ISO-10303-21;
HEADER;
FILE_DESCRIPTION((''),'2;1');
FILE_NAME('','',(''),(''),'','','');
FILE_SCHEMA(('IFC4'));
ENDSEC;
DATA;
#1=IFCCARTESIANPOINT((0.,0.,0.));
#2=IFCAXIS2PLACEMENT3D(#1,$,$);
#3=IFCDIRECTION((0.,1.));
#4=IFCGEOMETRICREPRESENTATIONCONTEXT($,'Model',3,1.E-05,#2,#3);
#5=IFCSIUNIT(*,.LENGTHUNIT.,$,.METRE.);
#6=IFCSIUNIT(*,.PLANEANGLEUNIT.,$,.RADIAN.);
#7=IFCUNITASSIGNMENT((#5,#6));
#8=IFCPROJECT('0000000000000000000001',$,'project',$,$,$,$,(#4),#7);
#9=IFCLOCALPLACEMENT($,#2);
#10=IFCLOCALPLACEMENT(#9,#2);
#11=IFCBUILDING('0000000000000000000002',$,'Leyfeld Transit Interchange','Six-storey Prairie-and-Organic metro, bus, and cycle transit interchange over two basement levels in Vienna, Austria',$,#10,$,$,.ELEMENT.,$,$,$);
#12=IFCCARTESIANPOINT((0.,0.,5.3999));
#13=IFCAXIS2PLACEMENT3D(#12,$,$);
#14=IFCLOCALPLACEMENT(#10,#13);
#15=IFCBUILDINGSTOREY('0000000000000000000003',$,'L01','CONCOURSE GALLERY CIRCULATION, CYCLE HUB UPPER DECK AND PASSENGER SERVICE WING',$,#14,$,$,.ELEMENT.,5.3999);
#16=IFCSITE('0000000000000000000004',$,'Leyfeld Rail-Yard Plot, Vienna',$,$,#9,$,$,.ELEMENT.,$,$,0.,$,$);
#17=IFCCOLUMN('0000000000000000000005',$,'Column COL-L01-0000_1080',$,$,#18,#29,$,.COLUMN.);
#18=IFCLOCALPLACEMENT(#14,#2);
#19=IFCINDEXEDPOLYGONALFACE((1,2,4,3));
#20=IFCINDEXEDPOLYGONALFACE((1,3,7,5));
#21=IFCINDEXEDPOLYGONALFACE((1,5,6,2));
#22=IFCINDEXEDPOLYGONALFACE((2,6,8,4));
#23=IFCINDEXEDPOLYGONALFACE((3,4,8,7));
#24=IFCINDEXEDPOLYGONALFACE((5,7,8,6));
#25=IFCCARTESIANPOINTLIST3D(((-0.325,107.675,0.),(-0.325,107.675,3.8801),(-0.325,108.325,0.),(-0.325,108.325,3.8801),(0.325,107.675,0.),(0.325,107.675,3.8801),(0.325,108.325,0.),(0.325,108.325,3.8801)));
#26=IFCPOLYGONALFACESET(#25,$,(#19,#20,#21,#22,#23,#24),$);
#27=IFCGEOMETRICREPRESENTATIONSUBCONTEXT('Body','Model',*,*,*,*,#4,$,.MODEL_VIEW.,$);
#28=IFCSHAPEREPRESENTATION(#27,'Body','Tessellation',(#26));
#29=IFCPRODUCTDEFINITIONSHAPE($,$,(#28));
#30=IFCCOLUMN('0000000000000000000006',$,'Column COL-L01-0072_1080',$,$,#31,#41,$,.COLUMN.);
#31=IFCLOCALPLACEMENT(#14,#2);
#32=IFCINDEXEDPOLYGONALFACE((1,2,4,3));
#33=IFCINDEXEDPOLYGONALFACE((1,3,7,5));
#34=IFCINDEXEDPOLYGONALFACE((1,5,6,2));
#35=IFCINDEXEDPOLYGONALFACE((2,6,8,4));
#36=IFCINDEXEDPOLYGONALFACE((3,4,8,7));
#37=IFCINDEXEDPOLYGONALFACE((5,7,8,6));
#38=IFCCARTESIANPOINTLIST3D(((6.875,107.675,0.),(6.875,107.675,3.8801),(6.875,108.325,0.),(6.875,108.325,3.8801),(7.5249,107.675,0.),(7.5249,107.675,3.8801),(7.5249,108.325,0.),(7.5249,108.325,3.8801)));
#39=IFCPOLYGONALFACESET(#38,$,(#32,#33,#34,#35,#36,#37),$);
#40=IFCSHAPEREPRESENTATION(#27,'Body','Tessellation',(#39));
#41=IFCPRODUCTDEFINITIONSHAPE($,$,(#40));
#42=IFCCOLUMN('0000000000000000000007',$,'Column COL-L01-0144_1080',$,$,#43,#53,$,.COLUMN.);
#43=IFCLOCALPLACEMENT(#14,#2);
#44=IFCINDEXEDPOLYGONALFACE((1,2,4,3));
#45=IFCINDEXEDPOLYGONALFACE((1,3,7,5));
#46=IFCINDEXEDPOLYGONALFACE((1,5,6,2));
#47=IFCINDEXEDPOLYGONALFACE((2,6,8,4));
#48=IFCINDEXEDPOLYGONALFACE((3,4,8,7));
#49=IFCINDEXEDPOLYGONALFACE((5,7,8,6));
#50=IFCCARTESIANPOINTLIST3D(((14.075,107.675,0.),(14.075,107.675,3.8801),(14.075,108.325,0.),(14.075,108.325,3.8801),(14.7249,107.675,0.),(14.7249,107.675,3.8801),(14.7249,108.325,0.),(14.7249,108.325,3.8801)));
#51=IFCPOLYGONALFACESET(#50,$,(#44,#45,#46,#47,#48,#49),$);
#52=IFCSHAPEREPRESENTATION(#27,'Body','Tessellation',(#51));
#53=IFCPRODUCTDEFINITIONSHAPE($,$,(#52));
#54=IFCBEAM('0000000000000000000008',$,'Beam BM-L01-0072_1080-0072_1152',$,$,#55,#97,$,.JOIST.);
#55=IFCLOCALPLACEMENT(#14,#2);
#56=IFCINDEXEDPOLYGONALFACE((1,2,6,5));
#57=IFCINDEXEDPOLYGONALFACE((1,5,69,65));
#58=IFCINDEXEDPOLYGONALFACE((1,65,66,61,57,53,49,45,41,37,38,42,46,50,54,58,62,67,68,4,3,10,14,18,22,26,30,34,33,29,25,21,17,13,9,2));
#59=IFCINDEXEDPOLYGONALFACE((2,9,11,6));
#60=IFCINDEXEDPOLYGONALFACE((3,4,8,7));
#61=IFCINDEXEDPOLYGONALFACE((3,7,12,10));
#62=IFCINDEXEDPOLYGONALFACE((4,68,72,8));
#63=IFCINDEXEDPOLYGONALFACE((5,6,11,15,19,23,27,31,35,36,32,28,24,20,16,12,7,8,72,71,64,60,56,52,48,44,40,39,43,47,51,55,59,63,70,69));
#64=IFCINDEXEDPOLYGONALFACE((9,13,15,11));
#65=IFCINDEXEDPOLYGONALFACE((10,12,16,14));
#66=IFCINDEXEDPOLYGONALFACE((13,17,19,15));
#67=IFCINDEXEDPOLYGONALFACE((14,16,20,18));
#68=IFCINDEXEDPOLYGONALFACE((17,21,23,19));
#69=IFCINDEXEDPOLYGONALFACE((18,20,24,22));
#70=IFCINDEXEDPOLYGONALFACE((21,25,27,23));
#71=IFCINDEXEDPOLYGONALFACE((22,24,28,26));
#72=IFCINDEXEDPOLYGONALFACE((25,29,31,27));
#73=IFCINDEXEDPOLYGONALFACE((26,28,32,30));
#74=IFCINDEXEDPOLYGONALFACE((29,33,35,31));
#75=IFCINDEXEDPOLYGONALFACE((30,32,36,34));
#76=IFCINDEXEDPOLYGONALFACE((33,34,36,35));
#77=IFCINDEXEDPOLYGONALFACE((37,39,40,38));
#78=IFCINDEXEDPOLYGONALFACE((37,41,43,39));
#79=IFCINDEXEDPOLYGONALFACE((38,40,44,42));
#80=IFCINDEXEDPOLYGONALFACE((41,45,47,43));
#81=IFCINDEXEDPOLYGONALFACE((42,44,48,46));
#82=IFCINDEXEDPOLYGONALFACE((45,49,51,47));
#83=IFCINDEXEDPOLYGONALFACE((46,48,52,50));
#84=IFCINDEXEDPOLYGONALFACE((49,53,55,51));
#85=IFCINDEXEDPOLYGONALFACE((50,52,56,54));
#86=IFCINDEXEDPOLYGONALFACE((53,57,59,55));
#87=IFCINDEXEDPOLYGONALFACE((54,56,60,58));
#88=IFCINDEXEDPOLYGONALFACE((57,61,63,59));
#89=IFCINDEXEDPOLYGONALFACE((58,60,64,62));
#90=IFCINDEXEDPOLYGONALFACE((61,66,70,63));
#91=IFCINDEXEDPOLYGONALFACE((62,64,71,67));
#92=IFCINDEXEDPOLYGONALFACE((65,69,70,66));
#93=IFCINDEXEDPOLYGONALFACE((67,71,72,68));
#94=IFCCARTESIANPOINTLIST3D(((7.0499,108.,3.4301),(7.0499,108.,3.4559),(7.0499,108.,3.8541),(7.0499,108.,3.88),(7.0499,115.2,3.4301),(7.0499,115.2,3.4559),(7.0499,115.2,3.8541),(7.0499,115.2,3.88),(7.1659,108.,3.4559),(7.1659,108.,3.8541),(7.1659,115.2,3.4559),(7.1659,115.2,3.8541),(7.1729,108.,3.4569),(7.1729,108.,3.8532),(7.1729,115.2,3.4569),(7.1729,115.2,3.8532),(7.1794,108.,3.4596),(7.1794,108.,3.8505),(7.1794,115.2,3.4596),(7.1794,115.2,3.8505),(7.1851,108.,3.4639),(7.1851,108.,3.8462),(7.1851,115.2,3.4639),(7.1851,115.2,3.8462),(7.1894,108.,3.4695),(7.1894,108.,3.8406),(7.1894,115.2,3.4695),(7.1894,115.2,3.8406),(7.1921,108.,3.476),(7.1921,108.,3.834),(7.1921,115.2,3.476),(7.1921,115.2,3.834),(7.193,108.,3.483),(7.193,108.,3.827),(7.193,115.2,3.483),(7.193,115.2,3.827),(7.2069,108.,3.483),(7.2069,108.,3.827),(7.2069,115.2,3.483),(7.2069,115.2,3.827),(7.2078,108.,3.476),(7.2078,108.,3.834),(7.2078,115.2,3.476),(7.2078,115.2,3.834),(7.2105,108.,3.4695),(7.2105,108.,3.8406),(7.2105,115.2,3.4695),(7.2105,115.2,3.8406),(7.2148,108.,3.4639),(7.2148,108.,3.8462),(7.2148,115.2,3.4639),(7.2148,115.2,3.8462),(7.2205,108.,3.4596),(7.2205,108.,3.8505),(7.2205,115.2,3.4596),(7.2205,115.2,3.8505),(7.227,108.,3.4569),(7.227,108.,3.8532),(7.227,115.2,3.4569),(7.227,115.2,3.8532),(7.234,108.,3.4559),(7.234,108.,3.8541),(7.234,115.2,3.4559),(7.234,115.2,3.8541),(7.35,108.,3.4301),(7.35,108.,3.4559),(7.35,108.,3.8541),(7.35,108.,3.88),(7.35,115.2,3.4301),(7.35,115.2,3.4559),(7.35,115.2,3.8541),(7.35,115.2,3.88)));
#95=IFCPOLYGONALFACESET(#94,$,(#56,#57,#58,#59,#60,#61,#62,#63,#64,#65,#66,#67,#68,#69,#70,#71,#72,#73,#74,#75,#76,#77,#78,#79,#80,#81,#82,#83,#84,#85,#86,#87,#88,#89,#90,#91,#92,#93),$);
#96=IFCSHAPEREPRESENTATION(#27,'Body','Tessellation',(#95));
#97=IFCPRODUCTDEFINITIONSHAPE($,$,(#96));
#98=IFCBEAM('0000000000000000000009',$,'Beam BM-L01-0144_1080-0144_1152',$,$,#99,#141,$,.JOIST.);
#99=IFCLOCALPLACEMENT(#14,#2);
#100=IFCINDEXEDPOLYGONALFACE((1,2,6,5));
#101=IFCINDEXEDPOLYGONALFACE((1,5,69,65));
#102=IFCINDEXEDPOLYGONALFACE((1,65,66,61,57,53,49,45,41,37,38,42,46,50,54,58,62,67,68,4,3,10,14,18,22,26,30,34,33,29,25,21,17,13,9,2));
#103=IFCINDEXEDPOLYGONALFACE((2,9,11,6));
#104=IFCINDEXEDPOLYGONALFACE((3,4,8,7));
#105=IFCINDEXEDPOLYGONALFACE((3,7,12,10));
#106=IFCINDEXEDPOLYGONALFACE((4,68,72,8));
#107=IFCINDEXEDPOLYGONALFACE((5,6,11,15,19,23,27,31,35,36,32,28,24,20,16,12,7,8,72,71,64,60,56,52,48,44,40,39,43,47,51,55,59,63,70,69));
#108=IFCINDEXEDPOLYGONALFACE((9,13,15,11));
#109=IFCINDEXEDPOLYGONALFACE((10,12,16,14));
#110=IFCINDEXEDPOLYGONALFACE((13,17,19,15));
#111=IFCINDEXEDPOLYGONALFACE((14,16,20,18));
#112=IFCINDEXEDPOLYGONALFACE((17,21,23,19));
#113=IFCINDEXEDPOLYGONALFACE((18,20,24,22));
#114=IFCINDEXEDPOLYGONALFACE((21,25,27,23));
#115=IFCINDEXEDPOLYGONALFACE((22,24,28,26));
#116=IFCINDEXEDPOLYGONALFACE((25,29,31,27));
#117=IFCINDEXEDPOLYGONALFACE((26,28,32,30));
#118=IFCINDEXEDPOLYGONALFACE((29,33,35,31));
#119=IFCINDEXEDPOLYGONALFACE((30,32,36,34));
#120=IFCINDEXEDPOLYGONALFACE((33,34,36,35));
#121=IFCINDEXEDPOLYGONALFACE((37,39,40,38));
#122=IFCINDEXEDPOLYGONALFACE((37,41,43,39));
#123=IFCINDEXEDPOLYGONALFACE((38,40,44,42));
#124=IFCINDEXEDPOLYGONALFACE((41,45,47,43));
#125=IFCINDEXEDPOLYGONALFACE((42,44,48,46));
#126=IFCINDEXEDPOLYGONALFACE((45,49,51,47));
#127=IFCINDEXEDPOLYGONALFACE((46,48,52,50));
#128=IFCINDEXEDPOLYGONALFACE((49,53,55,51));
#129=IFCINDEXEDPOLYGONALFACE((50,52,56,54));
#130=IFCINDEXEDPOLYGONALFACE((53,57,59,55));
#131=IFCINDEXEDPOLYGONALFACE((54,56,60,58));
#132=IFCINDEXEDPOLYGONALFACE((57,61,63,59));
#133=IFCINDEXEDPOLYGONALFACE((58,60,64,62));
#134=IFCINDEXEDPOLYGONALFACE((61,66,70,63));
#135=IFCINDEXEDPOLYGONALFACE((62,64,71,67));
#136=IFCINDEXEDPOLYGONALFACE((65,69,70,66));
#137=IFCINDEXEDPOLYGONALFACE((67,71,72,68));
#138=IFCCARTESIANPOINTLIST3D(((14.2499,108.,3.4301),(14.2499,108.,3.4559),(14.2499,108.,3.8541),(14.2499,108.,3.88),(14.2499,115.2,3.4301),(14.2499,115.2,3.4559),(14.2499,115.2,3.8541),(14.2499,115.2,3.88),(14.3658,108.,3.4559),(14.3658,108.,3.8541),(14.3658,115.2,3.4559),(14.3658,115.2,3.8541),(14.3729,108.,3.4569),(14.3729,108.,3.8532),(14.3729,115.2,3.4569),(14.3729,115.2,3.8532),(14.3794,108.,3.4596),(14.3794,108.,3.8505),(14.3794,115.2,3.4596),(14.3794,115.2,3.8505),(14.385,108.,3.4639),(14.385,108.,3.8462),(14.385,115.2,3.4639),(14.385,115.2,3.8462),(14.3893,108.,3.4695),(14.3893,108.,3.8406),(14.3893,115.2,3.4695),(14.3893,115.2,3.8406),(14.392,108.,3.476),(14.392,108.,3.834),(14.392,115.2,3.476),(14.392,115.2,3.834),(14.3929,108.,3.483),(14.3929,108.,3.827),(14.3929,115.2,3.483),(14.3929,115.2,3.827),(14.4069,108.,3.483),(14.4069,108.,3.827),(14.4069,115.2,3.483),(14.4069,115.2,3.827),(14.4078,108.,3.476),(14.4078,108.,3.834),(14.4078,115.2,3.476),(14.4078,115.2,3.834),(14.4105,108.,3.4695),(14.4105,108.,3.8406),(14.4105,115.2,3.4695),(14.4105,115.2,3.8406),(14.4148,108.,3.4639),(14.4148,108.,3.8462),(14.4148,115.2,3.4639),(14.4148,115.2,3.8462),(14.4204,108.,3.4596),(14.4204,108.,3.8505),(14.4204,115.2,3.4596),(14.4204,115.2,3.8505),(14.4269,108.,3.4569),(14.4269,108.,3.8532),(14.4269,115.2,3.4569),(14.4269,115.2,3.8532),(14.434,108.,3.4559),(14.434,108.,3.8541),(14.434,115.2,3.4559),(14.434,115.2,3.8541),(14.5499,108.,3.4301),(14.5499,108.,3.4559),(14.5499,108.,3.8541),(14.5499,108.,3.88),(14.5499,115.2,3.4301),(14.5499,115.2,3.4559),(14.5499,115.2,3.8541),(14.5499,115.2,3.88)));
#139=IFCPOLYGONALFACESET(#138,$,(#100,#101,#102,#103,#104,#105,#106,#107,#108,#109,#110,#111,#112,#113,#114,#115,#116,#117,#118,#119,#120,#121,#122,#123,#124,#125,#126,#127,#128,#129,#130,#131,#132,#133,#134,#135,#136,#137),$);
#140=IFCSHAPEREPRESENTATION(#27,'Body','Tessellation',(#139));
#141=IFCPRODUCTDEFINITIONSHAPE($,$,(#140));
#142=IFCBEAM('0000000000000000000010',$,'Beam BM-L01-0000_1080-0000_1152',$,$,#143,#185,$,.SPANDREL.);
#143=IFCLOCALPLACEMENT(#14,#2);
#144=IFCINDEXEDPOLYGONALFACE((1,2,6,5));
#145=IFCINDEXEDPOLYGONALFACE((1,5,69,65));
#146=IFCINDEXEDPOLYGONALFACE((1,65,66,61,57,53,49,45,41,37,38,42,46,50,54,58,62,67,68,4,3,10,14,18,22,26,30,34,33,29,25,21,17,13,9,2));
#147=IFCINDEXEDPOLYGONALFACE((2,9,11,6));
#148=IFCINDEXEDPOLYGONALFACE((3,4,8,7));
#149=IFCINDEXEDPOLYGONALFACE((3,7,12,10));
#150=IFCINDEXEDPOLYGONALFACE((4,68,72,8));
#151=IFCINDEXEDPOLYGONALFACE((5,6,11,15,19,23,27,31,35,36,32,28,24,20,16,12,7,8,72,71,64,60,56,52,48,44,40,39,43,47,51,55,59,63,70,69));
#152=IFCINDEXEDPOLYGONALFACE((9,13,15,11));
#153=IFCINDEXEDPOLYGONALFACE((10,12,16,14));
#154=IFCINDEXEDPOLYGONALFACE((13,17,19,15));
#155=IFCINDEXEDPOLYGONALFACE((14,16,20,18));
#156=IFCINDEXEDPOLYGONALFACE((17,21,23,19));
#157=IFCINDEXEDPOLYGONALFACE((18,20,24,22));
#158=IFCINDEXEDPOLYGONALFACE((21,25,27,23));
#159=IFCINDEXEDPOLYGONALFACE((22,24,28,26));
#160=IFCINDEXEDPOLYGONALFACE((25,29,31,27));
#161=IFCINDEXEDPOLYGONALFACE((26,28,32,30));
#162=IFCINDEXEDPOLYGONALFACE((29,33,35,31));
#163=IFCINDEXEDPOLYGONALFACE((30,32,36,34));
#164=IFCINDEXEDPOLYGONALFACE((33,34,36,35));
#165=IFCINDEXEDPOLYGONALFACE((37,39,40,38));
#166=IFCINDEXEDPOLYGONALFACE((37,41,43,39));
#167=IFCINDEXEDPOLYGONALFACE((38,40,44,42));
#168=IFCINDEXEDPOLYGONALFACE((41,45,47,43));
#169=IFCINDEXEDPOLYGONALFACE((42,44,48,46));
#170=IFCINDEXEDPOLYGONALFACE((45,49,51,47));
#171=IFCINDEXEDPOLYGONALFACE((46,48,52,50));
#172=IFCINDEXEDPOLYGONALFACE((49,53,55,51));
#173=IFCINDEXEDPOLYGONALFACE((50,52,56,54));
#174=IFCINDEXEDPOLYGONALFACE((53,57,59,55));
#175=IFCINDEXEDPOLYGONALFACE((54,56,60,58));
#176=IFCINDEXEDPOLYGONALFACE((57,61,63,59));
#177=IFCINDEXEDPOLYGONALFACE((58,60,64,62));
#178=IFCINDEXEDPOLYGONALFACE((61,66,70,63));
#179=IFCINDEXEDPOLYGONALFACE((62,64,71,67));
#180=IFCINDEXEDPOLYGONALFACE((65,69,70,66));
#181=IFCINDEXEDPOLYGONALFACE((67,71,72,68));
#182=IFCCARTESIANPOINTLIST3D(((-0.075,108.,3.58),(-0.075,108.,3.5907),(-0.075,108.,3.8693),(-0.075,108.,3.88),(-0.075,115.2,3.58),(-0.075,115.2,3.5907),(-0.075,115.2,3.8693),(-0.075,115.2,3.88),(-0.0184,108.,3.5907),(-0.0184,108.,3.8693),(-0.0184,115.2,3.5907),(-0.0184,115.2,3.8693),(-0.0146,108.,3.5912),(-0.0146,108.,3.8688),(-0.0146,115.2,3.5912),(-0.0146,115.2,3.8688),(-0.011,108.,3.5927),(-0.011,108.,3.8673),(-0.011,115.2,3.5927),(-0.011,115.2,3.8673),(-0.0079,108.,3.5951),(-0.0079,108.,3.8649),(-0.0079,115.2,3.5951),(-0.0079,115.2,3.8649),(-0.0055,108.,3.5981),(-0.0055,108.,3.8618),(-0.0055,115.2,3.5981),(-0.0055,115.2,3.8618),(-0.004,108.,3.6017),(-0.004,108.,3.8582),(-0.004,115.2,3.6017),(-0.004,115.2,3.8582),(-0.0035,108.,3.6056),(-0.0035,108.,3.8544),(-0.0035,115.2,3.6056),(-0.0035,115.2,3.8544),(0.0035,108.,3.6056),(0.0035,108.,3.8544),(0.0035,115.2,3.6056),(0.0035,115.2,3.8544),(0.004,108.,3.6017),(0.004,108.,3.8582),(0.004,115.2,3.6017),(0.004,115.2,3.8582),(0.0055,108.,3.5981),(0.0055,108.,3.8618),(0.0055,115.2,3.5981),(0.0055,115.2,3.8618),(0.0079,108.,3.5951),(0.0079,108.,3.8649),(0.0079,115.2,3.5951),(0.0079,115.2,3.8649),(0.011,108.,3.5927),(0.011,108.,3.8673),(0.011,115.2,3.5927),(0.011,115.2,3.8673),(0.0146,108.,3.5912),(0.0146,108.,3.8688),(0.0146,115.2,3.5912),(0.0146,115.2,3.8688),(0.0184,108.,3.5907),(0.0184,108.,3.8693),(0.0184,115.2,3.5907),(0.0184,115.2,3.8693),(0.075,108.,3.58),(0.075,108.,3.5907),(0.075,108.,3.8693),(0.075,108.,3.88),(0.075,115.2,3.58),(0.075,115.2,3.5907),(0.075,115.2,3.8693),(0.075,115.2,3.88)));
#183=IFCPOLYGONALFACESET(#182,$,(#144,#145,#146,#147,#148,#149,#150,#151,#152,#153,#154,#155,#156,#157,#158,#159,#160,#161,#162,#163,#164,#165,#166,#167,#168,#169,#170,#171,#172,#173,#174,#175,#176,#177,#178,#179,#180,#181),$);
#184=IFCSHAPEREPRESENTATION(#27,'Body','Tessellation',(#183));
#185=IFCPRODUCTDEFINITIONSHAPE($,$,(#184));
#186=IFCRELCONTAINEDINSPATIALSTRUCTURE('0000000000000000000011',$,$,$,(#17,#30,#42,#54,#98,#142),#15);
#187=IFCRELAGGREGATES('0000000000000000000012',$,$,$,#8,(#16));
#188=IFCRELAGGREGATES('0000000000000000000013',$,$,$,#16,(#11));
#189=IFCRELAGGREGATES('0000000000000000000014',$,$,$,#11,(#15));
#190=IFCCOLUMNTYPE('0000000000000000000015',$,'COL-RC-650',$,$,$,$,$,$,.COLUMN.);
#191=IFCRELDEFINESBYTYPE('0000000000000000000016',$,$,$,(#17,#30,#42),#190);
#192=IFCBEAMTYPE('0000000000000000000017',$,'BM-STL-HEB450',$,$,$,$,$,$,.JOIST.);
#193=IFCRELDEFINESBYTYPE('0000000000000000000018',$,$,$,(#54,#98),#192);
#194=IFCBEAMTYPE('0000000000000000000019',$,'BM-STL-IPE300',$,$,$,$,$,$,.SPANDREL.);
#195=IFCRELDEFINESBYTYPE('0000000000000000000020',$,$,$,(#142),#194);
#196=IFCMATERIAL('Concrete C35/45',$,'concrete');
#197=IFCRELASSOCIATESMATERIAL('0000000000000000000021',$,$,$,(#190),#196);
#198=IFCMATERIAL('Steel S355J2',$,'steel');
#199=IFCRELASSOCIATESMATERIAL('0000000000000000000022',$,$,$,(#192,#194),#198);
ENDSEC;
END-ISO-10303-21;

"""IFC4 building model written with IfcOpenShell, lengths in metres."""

from ifc_helpers import new_model, si_unit, direction, frame, origin, origin_2d, place, context, subcontext, project, spatial, rectangle, i_section, extrude, material, material_profile, profile_set, type_object, element, save


model = new_model("IFC4")

# Units and contexts
model_context = context("Model", 3, precision=1e-05, world=origin(), true_north=direction((0.0, 1.0)))
body_context = subcontext(model_context, "Body", "Model", "MODEL_VIEW")
ifc_project = project(units=[si_unit("LENGTHUNIT", "METRE"), si_unit("PLANEANGLEUNIT", "RADIAN")], contexts=[model_context])

# Site, building, storey
site_placement = place(None, origin())
site = spatial("IfcSite", under=ifc_project, at=site_placement, Name="Leyfeld Rail-Yard Plot, Vienna", CompositionType="ELEMENT", RefElevation=0.0)
building_placement = place(site_placement, origin())
building = spatial("IfcBuilding", under=site, at=building_placement, Name="Leyfeld Transit Interchange", Description="Six-storey Prairie-and-Organic metro, bus, and cycle transit interchange over two basement levels in Vienna, Austria", CompositionType="ELEMENT")
storey_placement = place(building_placement, frame((0.0, 0.0, 5.3999)))
storey = spatial("IfcBuildingStorey", under=building, at=storey_placement, Name="L01", Description="CONCOURSE GALLERY CIRCULATION, CYCLE HUB UPPER DECK AND PASSENGER SERVICE WING", CompositionType="ELEMENT", Elevation=5.3999)

# Columns
ifc_material_1 = material(Name="Concrete C35/45", Category="concrete")
ifc_material_profile_1 = material_profile(ifc_material_1, rectangle(XDim=0.6499, YDim=0.6499, at=origin_2d()), Name="RC 650x650")
ifc_profile_set_1 = profile_set([ifc_material_profile_1], Name="Concrete C35/45")
column_type = type_object("IfcColumnType", Name="COL-RC-650", PredefinedType="COLUMN", material=ifc_profile_set_1)
for number, where, z_axis, x_axis, name in (
    (1, (0.0, 108.0, 0.0), (0.0, 0.0, 1.0), (1.0, 0.0, 0.0), "Column COL-L01-0000_1080"),
    (2, (7.2, 108.0, 0.0), (0.0, 0.0, 1.0), (1.0, 0.0, 0.0), "Column COL-L01-0072_1080"),
    (3, (14.3999, 108.0, 0.0), (0.0, 0.0, 1.0), (1.0, 0.0, 0.0), "Column COL-L01-0144_1080"),
):
    element("IfcColumn", number, at=place(storey_placement, frame(where, z_axis=z_axis, x_axis=x_axis)), inside=storey, type_object=column_type, Name=name, PredefinedType="COLUMN", context=body_context, shape_type="SweptSolid", body=[
        extrude(rectangle(XDim=0.6499, YDim=0.6499, at=origin_2d()), origin(), (0.0, 0.0, 1.0), 3.8801),
    ])

# Beams
ifc_material_2 = material(Name="Steel S355J2", Category="steel")
ifc_material_profile_2 = material_profile(ifc_material_2, i_section(OverallWidth=0.3, OverallDepth=0.45, WebThickness=0.0139, FlangeThickness=0.0259, FilletRadius=0.0271, at=origin_2d()), Name="HEB 450")
ifc_profile_set_2 = profile_set([ifc_material_profile_2], Name="Steel S355J2")
beam_type_1 = type_object("IfcBeamType", Name="BM-STL-HEB450", PredefinedType="JOIST", material=ifc_profile_set_2)
for number, where, z_axis, x_axis, name in (
    (4, (7.2, 108.0, 3.655), (0.0, 1.0, 0.0), (-1.0, 0.0, 0.0), "Beam BM-L01-0072_1080-0072_1152"),
    (5, (14.3999, 108.0, 3.655), (0.0, 1.0, 0.0), (-1.0, 0.0, 0.0), "Beam BM-L01-0144_1080-0144_1152"),
):
    element("IfcBeam", number, at=place(storey_placement, frame(where, z_axis=z_axis, x_axis=x_axis)), inside=storey, type_object=beam_type_1, Name=name, PredefinedType="JOIST", context=body_context, shape_type="SweptSolid", body=[
        extrude(i_section(OverallWidth=0.3, OverallDepth=0.45, WebThickness=0.0139, FlangeThickness=0.0259, FilletRadius=0.0271, at=origin_2d()), origin(), (0.0, 0.0, 1.0), 7.2),
    ])
ifc_material_profile_3 = material_profile(ifc_material_2, i_section(OverallWidth=0.1499, OverallDepth=0.3, WebThickness=0.0071, FlangeThickness=0.0107, FilletRadius=0.0149, at=origin_2d()), Name="IPE 300")
ifc_profile_set_3 = profile_set([ifc_material_profile_3], Name="Steel S355J2")
beam_type_2 = type_object("IfcBeamType", Name="BM-STL-IPE300", PredefinedType="SPANDREL", material=ifc_profile_set_3)
beam_1_placement = place(storey_placement, frame((0.0, 108.0, 3.73), z_axis=(0.0, 1.0, 0.0), x_axis=(-1.0, 0.0, 0.0)))
element("IfcBeam", 6, at=beam_1_placement, inside=storey, type_object=beam_type_2, Name="Beam BM-L01-0000_1080-0000_1152", PredefinedType="SPANDREL", context=body_context, shape_type="SweptSolid", body=[
    extrude(i_section(OverallWidth=0.1499, OverallDepth=0.3, WebThickness=0.0071, FlangeThickness=0.0107, FilletRadius=0.0149, at=origin_2d()), origin(), (0.0, 0.0, 1.0), 7.2),
])

save(model, "model.ifc")
